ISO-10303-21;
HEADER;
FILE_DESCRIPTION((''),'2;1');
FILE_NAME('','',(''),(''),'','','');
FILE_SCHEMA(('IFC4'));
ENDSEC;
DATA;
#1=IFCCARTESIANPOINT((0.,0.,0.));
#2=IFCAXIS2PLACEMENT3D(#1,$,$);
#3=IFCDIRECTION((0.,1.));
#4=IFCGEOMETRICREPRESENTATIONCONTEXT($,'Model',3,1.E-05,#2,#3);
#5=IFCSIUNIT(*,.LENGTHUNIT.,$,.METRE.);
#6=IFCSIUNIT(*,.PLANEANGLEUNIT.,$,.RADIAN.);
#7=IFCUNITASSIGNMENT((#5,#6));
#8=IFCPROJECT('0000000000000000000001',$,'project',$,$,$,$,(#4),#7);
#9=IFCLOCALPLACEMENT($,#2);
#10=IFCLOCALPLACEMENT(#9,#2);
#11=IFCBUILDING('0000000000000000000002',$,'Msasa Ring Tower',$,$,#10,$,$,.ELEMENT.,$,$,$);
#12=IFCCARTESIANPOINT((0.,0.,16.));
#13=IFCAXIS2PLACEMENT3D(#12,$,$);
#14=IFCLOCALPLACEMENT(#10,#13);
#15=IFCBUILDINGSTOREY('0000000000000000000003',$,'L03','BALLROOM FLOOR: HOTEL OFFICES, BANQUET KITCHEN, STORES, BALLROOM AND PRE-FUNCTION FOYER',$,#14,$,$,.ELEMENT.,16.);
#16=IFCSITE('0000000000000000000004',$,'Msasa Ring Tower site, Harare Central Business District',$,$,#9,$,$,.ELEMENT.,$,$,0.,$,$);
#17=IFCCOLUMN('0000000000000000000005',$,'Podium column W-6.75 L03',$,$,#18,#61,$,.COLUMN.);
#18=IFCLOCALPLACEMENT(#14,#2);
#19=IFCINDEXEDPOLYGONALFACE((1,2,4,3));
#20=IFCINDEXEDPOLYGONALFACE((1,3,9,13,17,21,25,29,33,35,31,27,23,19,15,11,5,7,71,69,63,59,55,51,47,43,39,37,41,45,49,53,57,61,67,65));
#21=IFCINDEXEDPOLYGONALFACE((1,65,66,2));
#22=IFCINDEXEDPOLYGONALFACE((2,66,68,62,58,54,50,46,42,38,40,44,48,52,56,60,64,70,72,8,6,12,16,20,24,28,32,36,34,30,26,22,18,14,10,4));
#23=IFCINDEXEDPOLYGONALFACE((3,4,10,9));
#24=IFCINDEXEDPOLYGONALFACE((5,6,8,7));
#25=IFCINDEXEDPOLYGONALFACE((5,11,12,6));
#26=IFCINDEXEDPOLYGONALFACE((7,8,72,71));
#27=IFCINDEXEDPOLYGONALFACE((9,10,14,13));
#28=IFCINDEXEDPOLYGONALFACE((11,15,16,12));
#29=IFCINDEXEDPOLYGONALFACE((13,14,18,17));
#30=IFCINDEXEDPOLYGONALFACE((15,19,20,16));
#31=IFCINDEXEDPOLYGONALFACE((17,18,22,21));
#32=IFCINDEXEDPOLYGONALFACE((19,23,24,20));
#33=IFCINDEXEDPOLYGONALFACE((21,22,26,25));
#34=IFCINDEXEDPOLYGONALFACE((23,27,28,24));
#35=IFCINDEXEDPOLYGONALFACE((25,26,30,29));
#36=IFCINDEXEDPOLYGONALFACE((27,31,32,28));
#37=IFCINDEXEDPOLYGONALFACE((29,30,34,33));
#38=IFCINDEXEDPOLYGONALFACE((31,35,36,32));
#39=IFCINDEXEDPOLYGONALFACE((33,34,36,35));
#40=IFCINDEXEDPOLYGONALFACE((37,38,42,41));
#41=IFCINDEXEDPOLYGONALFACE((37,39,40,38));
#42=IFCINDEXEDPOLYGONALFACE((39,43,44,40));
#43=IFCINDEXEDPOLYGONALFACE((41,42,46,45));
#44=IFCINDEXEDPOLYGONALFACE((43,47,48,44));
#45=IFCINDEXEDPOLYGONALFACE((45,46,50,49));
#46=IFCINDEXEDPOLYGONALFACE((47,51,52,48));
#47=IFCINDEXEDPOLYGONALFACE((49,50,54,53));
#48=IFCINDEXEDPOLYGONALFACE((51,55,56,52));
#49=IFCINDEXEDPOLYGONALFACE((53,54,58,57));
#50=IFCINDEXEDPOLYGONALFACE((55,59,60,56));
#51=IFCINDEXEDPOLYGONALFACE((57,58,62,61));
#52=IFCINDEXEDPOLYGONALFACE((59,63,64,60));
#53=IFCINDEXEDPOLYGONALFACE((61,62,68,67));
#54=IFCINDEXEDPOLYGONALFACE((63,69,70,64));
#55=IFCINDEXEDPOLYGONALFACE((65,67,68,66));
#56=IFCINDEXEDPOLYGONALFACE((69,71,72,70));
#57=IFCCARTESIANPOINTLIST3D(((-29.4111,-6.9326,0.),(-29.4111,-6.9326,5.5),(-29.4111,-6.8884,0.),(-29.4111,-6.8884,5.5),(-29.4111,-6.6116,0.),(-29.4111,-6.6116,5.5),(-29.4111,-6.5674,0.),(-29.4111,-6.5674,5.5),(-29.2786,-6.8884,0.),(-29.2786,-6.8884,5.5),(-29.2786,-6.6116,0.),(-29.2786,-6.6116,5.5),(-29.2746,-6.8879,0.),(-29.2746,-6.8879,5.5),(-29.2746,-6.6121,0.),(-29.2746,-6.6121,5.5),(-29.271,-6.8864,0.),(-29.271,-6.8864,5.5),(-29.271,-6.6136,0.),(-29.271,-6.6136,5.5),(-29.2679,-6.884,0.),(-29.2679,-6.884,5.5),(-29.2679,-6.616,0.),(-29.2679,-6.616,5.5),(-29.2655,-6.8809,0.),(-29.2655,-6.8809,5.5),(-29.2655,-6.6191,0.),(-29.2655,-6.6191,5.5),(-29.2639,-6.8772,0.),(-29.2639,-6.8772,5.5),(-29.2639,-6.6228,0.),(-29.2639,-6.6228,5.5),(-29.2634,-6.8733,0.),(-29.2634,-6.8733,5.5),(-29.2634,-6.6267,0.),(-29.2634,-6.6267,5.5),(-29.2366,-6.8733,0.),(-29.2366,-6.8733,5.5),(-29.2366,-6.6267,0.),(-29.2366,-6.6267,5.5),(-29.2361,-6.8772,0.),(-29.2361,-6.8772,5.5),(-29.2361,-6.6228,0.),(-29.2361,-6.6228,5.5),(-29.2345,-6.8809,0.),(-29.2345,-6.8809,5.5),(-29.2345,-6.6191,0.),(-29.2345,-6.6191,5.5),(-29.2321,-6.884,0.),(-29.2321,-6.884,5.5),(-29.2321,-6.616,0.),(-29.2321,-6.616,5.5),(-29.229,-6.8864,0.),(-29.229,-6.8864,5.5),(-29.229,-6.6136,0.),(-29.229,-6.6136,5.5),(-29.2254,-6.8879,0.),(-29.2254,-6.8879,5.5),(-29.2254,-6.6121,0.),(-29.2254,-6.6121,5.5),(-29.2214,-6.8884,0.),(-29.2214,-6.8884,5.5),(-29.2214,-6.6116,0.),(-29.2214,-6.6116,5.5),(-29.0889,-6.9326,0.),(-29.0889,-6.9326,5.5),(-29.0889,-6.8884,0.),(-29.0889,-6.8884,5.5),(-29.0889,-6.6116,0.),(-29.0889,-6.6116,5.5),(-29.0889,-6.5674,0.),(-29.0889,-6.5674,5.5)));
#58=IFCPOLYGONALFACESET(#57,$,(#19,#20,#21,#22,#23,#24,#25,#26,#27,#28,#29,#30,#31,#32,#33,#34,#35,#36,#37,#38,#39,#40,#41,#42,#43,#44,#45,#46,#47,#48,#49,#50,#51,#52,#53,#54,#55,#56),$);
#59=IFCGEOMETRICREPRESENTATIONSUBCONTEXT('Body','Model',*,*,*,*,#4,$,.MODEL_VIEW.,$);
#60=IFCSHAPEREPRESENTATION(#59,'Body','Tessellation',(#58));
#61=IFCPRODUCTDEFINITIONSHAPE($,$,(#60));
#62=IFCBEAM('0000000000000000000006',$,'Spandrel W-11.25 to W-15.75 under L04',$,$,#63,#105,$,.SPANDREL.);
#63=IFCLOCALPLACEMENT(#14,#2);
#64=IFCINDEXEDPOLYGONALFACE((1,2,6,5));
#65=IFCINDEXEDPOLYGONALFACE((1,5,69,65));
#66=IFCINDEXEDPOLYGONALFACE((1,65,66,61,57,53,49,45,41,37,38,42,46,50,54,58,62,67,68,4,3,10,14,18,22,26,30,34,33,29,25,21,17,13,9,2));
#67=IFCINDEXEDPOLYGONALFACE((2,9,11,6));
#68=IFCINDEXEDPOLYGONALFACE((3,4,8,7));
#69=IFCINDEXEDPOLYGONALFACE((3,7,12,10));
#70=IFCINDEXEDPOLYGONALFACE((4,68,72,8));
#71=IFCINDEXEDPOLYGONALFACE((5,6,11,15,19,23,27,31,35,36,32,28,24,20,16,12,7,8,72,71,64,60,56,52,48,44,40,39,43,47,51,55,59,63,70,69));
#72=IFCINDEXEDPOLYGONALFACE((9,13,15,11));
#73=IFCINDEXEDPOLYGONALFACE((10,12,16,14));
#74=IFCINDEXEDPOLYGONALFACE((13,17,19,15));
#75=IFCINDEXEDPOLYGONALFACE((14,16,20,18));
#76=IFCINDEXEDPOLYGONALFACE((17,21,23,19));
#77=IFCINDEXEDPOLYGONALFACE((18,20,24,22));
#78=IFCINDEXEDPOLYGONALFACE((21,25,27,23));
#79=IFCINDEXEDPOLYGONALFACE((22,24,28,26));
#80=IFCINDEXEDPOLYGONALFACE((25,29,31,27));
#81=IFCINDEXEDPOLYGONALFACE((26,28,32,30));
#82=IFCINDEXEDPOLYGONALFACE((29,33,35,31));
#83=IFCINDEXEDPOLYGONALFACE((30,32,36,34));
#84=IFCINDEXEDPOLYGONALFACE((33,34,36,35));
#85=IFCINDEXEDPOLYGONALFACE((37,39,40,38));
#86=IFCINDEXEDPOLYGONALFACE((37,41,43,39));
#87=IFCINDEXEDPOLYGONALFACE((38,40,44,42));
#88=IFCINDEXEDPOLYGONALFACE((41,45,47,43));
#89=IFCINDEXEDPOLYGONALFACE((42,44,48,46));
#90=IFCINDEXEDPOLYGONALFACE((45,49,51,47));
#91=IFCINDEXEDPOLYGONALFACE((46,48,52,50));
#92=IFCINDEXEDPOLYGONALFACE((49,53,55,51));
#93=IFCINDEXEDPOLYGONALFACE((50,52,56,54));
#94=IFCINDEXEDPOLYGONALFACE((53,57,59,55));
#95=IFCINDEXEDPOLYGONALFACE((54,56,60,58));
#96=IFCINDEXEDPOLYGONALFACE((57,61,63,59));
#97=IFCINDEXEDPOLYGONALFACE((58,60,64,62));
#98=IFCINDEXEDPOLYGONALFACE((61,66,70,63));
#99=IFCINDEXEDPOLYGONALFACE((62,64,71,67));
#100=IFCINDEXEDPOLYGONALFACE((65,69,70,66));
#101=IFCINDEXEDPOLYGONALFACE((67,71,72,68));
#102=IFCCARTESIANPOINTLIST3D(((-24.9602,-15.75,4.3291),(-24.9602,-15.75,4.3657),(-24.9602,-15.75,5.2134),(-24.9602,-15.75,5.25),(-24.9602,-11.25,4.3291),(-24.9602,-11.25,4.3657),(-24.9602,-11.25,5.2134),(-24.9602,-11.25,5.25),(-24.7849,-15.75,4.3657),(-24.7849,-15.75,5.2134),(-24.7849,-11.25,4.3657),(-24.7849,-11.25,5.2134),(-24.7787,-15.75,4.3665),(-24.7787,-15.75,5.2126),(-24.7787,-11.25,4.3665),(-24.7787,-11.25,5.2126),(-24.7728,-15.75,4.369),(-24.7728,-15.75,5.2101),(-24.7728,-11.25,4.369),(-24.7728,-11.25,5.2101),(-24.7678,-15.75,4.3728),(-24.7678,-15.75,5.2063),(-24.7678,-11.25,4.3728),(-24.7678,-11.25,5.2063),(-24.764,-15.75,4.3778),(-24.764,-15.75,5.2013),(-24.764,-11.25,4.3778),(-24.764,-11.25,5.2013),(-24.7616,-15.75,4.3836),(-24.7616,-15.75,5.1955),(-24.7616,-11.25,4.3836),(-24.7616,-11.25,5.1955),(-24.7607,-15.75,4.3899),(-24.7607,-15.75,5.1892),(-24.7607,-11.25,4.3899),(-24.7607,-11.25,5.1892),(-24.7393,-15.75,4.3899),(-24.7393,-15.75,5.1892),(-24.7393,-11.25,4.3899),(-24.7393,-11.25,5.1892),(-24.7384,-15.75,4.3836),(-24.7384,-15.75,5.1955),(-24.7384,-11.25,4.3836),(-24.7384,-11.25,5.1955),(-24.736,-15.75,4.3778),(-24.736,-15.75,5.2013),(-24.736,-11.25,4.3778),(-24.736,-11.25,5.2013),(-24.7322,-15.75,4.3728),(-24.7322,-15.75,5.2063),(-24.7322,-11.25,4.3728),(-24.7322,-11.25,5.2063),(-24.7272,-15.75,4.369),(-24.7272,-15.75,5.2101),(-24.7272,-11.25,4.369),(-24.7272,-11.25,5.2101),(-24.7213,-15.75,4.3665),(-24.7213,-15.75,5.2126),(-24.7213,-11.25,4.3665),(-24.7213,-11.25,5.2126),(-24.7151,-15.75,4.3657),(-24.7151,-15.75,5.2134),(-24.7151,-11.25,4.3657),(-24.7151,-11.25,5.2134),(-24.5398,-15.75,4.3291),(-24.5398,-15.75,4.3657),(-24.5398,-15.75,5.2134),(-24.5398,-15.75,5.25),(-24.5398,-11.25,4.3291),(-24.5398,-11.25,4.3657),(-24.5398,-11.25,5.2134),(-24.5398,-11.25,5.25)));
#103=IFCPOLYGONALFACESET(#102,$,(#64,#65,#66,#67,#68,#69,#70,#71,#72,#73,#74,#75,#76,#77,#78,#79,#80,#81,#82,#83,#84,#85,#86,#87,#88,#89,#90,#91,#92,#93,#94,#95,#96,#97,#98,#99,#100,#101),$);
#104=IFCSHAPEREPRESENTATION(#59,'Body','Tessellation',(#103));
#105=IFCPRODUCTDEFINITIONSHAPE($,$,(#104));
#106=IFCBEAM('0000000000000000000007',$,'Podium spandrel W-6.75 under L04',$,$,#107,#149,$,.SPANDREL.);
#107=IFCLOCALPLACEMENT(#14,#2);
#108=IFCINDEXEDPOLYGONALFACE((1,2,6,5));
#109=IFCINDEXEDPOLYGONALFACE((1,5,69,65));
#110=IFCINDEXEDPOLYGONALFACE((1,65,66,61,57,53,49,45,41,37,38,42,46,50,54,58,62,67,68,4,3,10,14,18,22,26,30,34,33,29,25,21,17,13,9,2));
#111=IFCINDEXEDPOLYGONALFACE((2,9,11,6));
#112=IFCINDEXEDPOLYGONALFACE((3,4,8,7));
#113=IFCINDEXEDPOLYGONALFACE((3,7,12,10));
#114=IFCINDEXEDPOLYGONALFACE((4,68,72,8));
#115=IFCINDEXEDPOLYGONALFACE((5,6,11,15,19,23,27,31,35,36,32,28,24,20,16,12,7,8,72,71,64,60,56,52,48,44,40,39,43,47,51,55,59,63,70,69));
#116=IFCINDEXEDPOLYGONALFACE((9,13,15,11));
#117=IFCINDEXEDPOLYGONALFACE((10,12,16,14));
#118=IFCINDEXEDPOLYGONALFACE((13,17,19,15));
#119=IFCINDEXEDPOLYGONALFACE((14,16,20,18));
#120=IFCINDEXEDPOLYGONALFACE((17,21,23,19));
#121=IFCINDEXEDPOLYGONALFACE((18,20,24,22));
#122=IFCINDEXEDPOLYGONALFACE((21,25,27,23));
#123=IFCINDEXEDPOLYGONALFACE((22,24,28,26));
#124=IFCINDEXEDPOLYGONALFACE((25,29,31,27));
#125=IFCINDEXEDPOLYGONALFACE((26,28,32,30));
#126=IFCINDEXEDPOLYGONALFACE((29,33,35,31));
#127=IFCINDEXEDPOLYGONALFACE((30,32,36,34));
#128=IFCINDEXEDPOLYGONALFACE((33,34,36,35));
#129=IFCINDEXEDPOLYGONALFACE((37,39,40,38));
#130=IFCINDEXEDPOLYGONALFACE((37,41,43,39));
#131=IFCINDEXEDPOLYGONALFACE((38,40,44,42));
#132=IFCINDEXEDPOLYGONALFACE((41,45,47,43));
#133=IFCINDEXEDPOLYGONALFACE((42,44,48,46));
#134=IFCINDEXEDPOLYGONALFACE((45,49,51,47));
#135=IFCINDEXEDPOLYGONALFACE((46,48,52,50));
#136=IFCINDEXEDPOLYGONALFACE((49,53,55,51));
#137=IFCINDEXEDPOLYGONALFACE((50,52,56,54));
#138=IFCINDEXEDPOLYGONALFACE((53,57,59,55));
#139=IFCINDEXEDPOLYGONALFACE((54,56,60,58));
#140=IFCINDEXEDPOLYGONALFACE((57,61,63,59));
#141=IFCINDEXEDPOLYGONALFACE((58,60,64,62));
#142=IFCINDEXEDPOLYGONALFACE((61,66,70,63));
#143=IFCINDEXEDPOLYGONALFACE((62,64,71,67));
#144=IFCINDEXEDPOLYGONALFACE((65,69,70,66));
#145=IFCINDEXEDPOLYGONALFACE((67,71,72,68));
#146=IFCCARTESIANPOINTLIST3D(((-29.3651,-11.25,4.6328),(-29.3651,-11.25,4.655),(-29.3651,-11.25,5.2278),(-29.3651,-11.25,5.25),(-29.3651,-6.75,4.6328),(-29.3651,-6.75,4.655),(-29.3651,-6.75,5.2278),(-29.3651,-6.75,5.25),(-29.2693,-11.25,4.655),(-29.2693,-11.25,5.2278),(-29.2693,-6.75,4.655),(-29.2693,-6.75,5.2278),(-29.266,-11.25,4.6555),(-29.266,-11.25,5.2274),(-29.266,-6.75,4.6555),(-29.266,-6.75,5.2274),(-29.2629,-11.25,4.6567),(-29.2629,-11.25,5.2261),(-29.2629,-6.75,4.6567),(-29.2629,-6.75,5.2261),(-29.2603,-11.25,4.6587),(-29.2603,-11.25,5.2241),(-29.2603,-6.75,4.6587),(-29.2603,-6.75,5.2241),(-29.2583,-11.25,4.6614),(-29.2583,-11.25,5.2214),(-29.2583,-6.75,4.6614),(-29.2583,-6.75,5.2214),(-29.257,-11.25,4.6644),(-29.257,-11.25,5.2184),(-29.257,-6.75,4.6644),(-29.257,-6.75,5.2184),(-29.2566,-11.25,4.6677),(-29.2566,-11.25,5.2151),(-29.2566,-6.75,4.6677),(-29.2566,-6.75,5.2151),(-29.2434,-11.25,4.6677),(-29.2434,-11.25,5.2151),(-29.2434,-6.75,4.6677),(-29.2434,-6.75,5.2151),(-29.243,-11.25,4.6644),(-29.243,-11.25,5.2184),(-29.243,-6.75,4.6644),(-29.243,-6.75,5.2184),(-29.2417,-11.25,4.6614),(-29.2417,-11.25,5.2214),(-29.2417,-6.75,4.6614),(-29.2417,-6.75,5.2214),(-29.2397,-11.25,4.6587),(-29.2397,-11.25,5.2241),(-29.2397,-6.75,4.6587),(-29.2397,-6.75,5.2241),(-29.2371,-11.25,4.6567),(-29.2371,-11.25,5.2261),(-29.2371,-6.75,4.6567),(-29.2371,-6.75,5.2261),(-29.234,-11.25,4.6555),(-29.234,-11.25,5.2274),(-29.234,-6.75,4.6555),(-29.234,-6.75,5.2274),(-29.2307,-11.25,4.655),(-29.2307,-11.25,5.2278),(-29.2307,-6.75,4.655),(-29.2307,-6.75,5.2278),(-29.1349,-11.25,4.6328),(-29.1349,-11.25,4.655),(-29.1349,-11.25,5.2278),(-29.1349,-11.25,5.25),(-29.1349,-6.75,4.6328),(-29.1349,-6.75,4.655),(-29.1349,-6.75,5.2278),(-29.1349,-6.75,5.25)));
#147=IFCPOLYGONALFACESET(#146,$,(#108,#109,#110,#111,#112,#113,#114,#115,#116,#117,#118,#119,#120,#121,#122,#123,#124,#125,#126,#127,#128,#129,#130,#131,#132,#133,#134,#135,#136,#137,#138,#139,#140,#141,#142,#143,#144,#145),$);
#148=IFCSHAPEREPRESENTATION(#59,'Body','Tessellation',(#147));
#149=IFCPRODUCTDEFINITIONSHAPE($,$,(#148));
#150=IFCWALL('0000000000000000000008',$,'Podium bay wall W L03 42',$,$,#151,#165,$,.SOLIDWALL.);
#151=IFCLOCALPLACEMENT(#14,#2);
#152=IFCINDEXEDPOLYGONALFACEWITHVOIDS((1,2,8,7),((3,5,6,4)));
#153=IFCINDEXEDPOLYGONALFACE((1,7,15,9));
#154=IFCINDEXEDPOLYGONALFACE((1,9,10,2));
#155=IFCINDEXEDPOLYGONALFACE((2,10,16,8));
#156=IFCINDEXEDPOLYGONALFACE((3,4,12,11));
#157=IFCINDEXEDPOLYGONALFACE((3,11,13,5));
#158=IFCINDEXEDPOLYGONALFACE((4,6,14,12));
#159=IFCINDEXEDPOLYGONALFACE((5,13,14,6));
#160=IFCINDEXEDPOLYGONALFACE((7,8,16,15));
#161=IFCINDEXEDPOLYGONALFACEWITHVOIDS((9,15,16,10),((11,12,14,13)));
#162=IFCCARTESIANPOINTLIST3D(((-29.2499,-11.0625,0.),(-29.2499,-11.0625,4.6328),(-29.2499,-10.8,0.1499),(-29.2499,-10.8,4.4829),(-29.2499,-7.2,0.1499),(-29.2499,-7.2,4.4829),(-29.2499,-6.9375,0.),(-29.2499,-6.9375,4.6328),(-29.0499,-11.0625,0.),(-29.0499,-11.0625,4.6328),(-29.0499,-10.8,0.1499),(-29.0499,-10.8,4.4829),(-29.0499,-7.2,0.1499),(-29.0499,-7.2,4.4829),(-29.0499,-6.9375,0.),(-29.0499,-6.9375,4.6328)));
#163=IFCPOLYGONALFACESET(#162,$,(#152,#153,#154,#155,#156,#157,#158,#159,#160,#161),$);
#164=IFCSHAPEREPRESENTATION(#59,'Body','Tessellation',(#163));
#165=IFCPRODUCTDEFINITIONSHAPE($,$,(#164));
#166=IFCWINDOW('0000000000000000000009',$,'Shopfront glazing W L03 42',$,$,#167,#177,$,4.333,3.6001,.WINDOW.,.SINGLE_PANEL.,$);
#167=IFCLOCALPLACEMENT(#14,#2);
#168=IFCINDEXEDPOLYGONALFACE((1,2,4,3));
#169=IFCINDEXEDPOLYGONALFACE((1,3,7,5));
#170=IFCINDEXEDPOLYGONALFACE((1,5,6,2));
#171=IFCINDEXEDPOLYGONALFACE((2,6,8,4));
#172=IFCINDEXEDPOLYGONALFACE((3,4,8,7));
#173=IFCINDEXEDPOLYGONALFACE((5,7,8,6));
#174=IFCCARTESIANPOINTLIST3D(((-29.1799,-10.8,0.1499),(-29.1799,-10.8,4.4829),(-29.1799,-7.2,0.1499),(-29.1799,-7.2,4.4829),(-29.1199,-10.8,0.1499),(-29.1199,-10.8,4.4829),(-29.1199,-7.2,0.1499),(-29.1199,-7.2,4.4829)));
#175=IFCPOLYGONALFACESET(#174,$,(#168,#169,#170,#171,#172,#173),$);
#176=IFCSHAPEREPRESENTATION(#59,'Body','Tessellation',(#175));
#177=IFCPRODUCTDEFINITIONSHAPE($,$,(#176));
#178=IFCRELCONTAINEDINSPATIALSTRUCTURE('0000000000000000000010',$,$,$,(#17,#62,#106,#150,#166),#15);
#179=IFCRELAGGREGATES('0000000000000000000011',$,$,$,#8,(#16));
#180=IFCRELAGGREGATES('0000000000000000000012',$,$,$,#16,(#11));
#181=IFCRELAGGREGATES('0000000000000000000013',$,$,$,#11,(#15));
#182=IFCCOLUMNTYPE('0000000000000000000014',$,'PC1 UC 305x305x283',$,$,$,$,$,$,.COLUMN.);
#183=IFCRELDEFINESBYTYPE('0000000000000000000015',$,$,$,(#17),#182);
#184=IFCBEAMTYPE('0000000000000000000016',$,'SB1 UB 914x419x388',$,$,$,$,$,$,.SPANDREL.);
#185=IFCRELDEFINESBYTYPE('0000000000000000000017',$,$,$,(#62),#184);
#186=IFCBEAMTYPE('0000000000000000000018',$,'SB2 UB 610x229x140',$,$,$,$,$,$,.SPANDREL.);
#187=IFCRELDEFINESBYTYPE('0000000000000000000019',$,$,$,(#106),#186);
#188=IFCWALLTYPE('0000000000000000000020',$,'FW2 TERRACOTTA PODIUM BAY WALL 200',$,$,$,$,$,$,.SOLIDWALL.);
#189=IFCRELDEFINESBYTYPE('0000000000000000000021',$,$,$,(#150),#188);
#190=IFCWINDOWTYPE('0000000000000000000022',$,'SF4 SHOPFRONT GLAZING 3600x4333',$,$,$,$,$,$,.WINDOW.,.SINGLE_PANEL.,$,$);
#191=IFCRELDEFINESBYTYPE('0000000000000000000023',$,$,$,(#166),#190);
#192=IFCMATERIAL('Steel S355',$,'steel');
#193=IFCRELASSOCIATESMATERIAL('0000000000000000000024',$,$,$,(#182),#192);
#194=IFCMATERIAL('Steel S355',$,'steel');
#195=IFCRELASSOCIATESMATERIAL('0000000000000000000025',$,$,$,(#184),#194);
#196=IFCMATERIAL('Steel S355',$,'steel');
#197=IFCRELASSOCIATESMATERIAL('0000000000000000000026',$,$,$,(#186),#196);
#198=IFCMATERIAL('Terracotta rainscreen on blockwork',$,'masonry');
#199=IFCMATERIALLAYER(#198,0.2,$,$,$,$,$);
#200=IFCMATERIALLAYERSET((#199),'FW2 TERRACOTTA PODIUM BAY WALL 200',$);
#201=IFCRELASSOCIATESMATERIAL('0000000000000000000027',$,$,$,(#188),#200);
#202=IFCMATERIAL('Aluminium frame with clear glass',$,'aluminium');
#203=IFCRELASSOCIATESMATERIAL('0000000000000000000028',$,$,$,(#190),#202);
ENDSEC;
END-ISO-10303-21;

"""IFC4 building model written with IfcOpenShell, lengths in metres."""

from ifc_helpers import new_model, si_unit, direction, frame, frame_2d, origin, origin_2d, place, context, subcontext, project, spatial, rectangle, i_section, extrude, material, layer, layer_set, material_profile, profile_set, type_object, element, fill, save


model = new_model("IFC4")

# Units and contexts
model_context = context("Model", 3, precision=1e-05, world=origin(), true_north=direction((0.0, 1.0)))
body_context = subcontext(model_context, "Body", "Model", "MODEL_VIEW")
ifc_project = project(units=[si_unit("LENGTHUNIT", "METRE"), si_unit("PLANEANGLEUNIT", "RADIAN")], contexts=[model_context])

# Site, building, storey
site_placement = place(None, origin())
site = spatial("IfcSite", under=ifc_project, at=site_placement, Name="Msasa Ring Tower site, Harare Central Business District", CompositionType="ELEMENT", RefElevation=0.0)
building_placement = place(site_placement, origin())
building = spatial("IfcBuilding", under=site, at=building_placement, Name="Msasa Ring Tower", CompositionType="ELEMENT")
storey_placement = place(building_placement, frame((0.0, 0.0, 16.0)))
storey = spatial("IfcBuildingStorey", under=building, at=storey_placement, Name="L03", Description="BALLROOM FLOOR: HOTEL OFFICES, BANQUET KITCHEN, STORES, BALLROOM AND PRE-FUNCTION FOYER", CompositionType="ELEMENT", Elevation=16.0)

# Column
ifc_material_1 = material(Name="Steel S355", Category="steel")
ifc_material_profile_1 = material_profile(ifc_material_1, i_section(OverallWidth=0.3223, OverallDepth=0.3652, WebThickness=0.0269, FlangeThickness=0.0442, FilletRadius=0.0151, at=origin_2d()), Name="UC 305x305x283")
ifc_profile_set_1 = profile_set([ifc_material_profile_1], Name="Steel S355")
column_type = type_object("IfcColumnType", Name="PC1 UC 305x305x283", PredefinedType="COLUMN", material=ifc_profile_set_1)
column_placement = place(storey_placement, frame((-29.25, -6.75, 0.0), z_axis=(0.0, 0.0, 1.0), x_axis=(1.0, 0.0, 0.0)))
element("IfcColumn", 1, at=column_placement, inside=storey, type_object=column_type, Name="Podium column W-6.75 L03", PredefinedType="COLUMN", context=body_context, shape_type="SweptSolid", body=[
    extrude(i_section(OverallWidth=0.3223, OverallDepth=0.3652, WebThickness=0.0269, FlangeThickness=0.0442, FilletRadius=0.0151, at=origin_2d()), origin(), (0.0, 0.0, 1.0), 5.5),
])

# Beams
ifc_material_2 = material(Name="Steel S355", Category="steel")
ifc_material_profile_2 = material_profile(ifc_material_2, i_section(OverallWidth=0.4204, OverallDepth=0.9209, WebThickness=0.0215, FlangeThickness=0.0366, FilletRadius=0.0242, at=origin_2d()), Name="UB 914x419x388")
ifc_profile_set_2 = profile_set([ifc_material_profile_2], Name="Steel S355")
beam_type_1 = type_object("IfcBeamType", Name="SB1 UB 914x419x388", PredefinedType="SPANDREL", material=ifc_profile_set_2)
beam_1_placement = place(storey_placement, frame((-24.75, -11.25, 4.7896), z_axis=(0.0, -1.0, 0.0), x_axis=(1.0, 0.0, 0.0)))
element("IfcBeam", 2, at=beam_1_placement, inside=storey, type_object=beam_type_1, Name="Spandrel W-11.25 to W-15.75 under L04", PredefinedType="SPANDREL", context=body_context, shape_type="SweptSolid", body=[
    extrude(i_section(OverallWidth=0.4204, OverallDepth=0.9209, WebThickness=0.0215, FlangeThickness=0.0366, FilletRadius=0.0242, at=origin_2d()), origin(), (0.0, 0.0, 1.0), 4.5),
])
ifc_material_3 = material(Name="Steel S355", Category="steel")
ifc_material_profile_3 = material_profile(ifc_material_3, i_section(OverallWidth=0.2302, OverallDepth=0.6172, WebThickness=0.0132, FlangeThickness=0.0222, FilletRadius=0.0127, at=origin_2d()), Name="UB 610x229x140")
ifc_profile_set_3 = profile_set([ifc_material_profile_3], Name="Steel S355")
beam_type_2 = type_object("IfcBeamType", Name="SB2 UB 610x229x140", PredefinedType="SPANDREL", material=ifc_profile_set_3)
beam_2_placement = place(storey_placement, frame((-29.25, -6.75, 4.9414), z_axis=(0.0, -1.0, 0.0), x_axis=(1.0, 0.0, 0.0)))
element("IfcBeam", 3, at=beam_2_placement, inside=storey, type_object=beam_type_2, Name="Podium spandrel W-6.75 under L04", PredefinedType="SPANDREL", context=body_context, shape_type="SweptSolid", body=[
    extrude(i_section(OverallWidth=0.2302, OverallDepth=0.6172, WebThickness=0.0132, FlangeThickness=0.0222, FilletRadius=0.0127, at=origin_2d()), origin(), (0.0, 0.0, 1.0), 4.5),
])

# Wall, opening, window
ifc_material_4 = material(Name="Terracotta rainscreen on blockwork", Category="masonry")
ifc_layer_1 = layer(ifc_material_4, 0.2)
ifc_layer_set_1 = layer_set([ifc_layer_1], Name="FW2 TERRACOTTA PODIUM BAY WALL 200")
wall_type_1 = type_object("IfcWallType", Name="FW2 TERRACOTTA PODIUM BAY WALL 200", PredefinedType="SOLIDWALL", material=ifc_layer_set_1)
wall_1_placement = place(storey_placement, frame((-29.1499, -11.0625, 0.0), z_axis=(0.0, 0.0, 1.0), x_axis=(0.0, 1.0, 0.0)))
wall_1 = element("IfcWall", 4, at=wall_1_placement, inside=storey, type_object=wall_type_1, Name="Podium bay wall W L03 42", PredefinedType="SOLIDWALL", context=body_context, shape_type="SweptSolid", body=[
    extrude(rectangle(XDim=4.125, YDim=0.2, at=frame_2d((2.0625, 0.0))), origin(), (0.0, 0.0, 1.0), 4.6328),
])
opening_1_placement = place(wall_1_placement, frame((0.2625, 0.0, 0.1499)))
opening_1 = element("IfcOpeningElement", 5, at=opening_1_placement, cuts=wall_1, PredefinedType="OPENING", context=body_context, shape_type="SweptSolid", body=[
    extrude(rectangle(XDim=3.6001, YDim=4.333, at=frame_2d((1.8, 2.1665))), frame((0.0, 0.1099, 0.0), z_axis=(0.0, -1.0, 0.0), x_axis=(1.0, 0.0, 0.0)), (0.0, 0.0, 1.0), 0.22),
])
ifc_material_5 = material(Name="Aluminium frame with clear glass", Category="aluminium")
window_type = type_object("IfcWindowType", Name="SF4 SHOPFRONT GLAZING 3600x4333", PartitioningType="SINGLE_PANEL", PredefinedType="WINDOW", material=ifc_material_5)
window_placement = place(opening_1_placement, origin())
window = element("IfcWindow", 6, at=window_placement, inside=storey, type_object=window_type, Name="Shopfront glazing W L03 42", OverallHeight=4.333, OverallWidth=3.6001, PartitioningType="SINGLE_PANEL", PredefinedType="WINDOW", context=body_context, shape_type="SweptSolid", body=[
    extrude(rectangle(XDim=3.6001, YDim=4.333, at=frame_2d((1.8, 2.1665))), frame((0.0, 0.03, 0.0), z_axis=(0.0, -1.0, 0.0), x_axis=(1.0, 0.0, 0.0)), (0.0, 0.0, 1.0), 0.0601),
])
fill(opening_1, window)

save(model, "model.ifc")
